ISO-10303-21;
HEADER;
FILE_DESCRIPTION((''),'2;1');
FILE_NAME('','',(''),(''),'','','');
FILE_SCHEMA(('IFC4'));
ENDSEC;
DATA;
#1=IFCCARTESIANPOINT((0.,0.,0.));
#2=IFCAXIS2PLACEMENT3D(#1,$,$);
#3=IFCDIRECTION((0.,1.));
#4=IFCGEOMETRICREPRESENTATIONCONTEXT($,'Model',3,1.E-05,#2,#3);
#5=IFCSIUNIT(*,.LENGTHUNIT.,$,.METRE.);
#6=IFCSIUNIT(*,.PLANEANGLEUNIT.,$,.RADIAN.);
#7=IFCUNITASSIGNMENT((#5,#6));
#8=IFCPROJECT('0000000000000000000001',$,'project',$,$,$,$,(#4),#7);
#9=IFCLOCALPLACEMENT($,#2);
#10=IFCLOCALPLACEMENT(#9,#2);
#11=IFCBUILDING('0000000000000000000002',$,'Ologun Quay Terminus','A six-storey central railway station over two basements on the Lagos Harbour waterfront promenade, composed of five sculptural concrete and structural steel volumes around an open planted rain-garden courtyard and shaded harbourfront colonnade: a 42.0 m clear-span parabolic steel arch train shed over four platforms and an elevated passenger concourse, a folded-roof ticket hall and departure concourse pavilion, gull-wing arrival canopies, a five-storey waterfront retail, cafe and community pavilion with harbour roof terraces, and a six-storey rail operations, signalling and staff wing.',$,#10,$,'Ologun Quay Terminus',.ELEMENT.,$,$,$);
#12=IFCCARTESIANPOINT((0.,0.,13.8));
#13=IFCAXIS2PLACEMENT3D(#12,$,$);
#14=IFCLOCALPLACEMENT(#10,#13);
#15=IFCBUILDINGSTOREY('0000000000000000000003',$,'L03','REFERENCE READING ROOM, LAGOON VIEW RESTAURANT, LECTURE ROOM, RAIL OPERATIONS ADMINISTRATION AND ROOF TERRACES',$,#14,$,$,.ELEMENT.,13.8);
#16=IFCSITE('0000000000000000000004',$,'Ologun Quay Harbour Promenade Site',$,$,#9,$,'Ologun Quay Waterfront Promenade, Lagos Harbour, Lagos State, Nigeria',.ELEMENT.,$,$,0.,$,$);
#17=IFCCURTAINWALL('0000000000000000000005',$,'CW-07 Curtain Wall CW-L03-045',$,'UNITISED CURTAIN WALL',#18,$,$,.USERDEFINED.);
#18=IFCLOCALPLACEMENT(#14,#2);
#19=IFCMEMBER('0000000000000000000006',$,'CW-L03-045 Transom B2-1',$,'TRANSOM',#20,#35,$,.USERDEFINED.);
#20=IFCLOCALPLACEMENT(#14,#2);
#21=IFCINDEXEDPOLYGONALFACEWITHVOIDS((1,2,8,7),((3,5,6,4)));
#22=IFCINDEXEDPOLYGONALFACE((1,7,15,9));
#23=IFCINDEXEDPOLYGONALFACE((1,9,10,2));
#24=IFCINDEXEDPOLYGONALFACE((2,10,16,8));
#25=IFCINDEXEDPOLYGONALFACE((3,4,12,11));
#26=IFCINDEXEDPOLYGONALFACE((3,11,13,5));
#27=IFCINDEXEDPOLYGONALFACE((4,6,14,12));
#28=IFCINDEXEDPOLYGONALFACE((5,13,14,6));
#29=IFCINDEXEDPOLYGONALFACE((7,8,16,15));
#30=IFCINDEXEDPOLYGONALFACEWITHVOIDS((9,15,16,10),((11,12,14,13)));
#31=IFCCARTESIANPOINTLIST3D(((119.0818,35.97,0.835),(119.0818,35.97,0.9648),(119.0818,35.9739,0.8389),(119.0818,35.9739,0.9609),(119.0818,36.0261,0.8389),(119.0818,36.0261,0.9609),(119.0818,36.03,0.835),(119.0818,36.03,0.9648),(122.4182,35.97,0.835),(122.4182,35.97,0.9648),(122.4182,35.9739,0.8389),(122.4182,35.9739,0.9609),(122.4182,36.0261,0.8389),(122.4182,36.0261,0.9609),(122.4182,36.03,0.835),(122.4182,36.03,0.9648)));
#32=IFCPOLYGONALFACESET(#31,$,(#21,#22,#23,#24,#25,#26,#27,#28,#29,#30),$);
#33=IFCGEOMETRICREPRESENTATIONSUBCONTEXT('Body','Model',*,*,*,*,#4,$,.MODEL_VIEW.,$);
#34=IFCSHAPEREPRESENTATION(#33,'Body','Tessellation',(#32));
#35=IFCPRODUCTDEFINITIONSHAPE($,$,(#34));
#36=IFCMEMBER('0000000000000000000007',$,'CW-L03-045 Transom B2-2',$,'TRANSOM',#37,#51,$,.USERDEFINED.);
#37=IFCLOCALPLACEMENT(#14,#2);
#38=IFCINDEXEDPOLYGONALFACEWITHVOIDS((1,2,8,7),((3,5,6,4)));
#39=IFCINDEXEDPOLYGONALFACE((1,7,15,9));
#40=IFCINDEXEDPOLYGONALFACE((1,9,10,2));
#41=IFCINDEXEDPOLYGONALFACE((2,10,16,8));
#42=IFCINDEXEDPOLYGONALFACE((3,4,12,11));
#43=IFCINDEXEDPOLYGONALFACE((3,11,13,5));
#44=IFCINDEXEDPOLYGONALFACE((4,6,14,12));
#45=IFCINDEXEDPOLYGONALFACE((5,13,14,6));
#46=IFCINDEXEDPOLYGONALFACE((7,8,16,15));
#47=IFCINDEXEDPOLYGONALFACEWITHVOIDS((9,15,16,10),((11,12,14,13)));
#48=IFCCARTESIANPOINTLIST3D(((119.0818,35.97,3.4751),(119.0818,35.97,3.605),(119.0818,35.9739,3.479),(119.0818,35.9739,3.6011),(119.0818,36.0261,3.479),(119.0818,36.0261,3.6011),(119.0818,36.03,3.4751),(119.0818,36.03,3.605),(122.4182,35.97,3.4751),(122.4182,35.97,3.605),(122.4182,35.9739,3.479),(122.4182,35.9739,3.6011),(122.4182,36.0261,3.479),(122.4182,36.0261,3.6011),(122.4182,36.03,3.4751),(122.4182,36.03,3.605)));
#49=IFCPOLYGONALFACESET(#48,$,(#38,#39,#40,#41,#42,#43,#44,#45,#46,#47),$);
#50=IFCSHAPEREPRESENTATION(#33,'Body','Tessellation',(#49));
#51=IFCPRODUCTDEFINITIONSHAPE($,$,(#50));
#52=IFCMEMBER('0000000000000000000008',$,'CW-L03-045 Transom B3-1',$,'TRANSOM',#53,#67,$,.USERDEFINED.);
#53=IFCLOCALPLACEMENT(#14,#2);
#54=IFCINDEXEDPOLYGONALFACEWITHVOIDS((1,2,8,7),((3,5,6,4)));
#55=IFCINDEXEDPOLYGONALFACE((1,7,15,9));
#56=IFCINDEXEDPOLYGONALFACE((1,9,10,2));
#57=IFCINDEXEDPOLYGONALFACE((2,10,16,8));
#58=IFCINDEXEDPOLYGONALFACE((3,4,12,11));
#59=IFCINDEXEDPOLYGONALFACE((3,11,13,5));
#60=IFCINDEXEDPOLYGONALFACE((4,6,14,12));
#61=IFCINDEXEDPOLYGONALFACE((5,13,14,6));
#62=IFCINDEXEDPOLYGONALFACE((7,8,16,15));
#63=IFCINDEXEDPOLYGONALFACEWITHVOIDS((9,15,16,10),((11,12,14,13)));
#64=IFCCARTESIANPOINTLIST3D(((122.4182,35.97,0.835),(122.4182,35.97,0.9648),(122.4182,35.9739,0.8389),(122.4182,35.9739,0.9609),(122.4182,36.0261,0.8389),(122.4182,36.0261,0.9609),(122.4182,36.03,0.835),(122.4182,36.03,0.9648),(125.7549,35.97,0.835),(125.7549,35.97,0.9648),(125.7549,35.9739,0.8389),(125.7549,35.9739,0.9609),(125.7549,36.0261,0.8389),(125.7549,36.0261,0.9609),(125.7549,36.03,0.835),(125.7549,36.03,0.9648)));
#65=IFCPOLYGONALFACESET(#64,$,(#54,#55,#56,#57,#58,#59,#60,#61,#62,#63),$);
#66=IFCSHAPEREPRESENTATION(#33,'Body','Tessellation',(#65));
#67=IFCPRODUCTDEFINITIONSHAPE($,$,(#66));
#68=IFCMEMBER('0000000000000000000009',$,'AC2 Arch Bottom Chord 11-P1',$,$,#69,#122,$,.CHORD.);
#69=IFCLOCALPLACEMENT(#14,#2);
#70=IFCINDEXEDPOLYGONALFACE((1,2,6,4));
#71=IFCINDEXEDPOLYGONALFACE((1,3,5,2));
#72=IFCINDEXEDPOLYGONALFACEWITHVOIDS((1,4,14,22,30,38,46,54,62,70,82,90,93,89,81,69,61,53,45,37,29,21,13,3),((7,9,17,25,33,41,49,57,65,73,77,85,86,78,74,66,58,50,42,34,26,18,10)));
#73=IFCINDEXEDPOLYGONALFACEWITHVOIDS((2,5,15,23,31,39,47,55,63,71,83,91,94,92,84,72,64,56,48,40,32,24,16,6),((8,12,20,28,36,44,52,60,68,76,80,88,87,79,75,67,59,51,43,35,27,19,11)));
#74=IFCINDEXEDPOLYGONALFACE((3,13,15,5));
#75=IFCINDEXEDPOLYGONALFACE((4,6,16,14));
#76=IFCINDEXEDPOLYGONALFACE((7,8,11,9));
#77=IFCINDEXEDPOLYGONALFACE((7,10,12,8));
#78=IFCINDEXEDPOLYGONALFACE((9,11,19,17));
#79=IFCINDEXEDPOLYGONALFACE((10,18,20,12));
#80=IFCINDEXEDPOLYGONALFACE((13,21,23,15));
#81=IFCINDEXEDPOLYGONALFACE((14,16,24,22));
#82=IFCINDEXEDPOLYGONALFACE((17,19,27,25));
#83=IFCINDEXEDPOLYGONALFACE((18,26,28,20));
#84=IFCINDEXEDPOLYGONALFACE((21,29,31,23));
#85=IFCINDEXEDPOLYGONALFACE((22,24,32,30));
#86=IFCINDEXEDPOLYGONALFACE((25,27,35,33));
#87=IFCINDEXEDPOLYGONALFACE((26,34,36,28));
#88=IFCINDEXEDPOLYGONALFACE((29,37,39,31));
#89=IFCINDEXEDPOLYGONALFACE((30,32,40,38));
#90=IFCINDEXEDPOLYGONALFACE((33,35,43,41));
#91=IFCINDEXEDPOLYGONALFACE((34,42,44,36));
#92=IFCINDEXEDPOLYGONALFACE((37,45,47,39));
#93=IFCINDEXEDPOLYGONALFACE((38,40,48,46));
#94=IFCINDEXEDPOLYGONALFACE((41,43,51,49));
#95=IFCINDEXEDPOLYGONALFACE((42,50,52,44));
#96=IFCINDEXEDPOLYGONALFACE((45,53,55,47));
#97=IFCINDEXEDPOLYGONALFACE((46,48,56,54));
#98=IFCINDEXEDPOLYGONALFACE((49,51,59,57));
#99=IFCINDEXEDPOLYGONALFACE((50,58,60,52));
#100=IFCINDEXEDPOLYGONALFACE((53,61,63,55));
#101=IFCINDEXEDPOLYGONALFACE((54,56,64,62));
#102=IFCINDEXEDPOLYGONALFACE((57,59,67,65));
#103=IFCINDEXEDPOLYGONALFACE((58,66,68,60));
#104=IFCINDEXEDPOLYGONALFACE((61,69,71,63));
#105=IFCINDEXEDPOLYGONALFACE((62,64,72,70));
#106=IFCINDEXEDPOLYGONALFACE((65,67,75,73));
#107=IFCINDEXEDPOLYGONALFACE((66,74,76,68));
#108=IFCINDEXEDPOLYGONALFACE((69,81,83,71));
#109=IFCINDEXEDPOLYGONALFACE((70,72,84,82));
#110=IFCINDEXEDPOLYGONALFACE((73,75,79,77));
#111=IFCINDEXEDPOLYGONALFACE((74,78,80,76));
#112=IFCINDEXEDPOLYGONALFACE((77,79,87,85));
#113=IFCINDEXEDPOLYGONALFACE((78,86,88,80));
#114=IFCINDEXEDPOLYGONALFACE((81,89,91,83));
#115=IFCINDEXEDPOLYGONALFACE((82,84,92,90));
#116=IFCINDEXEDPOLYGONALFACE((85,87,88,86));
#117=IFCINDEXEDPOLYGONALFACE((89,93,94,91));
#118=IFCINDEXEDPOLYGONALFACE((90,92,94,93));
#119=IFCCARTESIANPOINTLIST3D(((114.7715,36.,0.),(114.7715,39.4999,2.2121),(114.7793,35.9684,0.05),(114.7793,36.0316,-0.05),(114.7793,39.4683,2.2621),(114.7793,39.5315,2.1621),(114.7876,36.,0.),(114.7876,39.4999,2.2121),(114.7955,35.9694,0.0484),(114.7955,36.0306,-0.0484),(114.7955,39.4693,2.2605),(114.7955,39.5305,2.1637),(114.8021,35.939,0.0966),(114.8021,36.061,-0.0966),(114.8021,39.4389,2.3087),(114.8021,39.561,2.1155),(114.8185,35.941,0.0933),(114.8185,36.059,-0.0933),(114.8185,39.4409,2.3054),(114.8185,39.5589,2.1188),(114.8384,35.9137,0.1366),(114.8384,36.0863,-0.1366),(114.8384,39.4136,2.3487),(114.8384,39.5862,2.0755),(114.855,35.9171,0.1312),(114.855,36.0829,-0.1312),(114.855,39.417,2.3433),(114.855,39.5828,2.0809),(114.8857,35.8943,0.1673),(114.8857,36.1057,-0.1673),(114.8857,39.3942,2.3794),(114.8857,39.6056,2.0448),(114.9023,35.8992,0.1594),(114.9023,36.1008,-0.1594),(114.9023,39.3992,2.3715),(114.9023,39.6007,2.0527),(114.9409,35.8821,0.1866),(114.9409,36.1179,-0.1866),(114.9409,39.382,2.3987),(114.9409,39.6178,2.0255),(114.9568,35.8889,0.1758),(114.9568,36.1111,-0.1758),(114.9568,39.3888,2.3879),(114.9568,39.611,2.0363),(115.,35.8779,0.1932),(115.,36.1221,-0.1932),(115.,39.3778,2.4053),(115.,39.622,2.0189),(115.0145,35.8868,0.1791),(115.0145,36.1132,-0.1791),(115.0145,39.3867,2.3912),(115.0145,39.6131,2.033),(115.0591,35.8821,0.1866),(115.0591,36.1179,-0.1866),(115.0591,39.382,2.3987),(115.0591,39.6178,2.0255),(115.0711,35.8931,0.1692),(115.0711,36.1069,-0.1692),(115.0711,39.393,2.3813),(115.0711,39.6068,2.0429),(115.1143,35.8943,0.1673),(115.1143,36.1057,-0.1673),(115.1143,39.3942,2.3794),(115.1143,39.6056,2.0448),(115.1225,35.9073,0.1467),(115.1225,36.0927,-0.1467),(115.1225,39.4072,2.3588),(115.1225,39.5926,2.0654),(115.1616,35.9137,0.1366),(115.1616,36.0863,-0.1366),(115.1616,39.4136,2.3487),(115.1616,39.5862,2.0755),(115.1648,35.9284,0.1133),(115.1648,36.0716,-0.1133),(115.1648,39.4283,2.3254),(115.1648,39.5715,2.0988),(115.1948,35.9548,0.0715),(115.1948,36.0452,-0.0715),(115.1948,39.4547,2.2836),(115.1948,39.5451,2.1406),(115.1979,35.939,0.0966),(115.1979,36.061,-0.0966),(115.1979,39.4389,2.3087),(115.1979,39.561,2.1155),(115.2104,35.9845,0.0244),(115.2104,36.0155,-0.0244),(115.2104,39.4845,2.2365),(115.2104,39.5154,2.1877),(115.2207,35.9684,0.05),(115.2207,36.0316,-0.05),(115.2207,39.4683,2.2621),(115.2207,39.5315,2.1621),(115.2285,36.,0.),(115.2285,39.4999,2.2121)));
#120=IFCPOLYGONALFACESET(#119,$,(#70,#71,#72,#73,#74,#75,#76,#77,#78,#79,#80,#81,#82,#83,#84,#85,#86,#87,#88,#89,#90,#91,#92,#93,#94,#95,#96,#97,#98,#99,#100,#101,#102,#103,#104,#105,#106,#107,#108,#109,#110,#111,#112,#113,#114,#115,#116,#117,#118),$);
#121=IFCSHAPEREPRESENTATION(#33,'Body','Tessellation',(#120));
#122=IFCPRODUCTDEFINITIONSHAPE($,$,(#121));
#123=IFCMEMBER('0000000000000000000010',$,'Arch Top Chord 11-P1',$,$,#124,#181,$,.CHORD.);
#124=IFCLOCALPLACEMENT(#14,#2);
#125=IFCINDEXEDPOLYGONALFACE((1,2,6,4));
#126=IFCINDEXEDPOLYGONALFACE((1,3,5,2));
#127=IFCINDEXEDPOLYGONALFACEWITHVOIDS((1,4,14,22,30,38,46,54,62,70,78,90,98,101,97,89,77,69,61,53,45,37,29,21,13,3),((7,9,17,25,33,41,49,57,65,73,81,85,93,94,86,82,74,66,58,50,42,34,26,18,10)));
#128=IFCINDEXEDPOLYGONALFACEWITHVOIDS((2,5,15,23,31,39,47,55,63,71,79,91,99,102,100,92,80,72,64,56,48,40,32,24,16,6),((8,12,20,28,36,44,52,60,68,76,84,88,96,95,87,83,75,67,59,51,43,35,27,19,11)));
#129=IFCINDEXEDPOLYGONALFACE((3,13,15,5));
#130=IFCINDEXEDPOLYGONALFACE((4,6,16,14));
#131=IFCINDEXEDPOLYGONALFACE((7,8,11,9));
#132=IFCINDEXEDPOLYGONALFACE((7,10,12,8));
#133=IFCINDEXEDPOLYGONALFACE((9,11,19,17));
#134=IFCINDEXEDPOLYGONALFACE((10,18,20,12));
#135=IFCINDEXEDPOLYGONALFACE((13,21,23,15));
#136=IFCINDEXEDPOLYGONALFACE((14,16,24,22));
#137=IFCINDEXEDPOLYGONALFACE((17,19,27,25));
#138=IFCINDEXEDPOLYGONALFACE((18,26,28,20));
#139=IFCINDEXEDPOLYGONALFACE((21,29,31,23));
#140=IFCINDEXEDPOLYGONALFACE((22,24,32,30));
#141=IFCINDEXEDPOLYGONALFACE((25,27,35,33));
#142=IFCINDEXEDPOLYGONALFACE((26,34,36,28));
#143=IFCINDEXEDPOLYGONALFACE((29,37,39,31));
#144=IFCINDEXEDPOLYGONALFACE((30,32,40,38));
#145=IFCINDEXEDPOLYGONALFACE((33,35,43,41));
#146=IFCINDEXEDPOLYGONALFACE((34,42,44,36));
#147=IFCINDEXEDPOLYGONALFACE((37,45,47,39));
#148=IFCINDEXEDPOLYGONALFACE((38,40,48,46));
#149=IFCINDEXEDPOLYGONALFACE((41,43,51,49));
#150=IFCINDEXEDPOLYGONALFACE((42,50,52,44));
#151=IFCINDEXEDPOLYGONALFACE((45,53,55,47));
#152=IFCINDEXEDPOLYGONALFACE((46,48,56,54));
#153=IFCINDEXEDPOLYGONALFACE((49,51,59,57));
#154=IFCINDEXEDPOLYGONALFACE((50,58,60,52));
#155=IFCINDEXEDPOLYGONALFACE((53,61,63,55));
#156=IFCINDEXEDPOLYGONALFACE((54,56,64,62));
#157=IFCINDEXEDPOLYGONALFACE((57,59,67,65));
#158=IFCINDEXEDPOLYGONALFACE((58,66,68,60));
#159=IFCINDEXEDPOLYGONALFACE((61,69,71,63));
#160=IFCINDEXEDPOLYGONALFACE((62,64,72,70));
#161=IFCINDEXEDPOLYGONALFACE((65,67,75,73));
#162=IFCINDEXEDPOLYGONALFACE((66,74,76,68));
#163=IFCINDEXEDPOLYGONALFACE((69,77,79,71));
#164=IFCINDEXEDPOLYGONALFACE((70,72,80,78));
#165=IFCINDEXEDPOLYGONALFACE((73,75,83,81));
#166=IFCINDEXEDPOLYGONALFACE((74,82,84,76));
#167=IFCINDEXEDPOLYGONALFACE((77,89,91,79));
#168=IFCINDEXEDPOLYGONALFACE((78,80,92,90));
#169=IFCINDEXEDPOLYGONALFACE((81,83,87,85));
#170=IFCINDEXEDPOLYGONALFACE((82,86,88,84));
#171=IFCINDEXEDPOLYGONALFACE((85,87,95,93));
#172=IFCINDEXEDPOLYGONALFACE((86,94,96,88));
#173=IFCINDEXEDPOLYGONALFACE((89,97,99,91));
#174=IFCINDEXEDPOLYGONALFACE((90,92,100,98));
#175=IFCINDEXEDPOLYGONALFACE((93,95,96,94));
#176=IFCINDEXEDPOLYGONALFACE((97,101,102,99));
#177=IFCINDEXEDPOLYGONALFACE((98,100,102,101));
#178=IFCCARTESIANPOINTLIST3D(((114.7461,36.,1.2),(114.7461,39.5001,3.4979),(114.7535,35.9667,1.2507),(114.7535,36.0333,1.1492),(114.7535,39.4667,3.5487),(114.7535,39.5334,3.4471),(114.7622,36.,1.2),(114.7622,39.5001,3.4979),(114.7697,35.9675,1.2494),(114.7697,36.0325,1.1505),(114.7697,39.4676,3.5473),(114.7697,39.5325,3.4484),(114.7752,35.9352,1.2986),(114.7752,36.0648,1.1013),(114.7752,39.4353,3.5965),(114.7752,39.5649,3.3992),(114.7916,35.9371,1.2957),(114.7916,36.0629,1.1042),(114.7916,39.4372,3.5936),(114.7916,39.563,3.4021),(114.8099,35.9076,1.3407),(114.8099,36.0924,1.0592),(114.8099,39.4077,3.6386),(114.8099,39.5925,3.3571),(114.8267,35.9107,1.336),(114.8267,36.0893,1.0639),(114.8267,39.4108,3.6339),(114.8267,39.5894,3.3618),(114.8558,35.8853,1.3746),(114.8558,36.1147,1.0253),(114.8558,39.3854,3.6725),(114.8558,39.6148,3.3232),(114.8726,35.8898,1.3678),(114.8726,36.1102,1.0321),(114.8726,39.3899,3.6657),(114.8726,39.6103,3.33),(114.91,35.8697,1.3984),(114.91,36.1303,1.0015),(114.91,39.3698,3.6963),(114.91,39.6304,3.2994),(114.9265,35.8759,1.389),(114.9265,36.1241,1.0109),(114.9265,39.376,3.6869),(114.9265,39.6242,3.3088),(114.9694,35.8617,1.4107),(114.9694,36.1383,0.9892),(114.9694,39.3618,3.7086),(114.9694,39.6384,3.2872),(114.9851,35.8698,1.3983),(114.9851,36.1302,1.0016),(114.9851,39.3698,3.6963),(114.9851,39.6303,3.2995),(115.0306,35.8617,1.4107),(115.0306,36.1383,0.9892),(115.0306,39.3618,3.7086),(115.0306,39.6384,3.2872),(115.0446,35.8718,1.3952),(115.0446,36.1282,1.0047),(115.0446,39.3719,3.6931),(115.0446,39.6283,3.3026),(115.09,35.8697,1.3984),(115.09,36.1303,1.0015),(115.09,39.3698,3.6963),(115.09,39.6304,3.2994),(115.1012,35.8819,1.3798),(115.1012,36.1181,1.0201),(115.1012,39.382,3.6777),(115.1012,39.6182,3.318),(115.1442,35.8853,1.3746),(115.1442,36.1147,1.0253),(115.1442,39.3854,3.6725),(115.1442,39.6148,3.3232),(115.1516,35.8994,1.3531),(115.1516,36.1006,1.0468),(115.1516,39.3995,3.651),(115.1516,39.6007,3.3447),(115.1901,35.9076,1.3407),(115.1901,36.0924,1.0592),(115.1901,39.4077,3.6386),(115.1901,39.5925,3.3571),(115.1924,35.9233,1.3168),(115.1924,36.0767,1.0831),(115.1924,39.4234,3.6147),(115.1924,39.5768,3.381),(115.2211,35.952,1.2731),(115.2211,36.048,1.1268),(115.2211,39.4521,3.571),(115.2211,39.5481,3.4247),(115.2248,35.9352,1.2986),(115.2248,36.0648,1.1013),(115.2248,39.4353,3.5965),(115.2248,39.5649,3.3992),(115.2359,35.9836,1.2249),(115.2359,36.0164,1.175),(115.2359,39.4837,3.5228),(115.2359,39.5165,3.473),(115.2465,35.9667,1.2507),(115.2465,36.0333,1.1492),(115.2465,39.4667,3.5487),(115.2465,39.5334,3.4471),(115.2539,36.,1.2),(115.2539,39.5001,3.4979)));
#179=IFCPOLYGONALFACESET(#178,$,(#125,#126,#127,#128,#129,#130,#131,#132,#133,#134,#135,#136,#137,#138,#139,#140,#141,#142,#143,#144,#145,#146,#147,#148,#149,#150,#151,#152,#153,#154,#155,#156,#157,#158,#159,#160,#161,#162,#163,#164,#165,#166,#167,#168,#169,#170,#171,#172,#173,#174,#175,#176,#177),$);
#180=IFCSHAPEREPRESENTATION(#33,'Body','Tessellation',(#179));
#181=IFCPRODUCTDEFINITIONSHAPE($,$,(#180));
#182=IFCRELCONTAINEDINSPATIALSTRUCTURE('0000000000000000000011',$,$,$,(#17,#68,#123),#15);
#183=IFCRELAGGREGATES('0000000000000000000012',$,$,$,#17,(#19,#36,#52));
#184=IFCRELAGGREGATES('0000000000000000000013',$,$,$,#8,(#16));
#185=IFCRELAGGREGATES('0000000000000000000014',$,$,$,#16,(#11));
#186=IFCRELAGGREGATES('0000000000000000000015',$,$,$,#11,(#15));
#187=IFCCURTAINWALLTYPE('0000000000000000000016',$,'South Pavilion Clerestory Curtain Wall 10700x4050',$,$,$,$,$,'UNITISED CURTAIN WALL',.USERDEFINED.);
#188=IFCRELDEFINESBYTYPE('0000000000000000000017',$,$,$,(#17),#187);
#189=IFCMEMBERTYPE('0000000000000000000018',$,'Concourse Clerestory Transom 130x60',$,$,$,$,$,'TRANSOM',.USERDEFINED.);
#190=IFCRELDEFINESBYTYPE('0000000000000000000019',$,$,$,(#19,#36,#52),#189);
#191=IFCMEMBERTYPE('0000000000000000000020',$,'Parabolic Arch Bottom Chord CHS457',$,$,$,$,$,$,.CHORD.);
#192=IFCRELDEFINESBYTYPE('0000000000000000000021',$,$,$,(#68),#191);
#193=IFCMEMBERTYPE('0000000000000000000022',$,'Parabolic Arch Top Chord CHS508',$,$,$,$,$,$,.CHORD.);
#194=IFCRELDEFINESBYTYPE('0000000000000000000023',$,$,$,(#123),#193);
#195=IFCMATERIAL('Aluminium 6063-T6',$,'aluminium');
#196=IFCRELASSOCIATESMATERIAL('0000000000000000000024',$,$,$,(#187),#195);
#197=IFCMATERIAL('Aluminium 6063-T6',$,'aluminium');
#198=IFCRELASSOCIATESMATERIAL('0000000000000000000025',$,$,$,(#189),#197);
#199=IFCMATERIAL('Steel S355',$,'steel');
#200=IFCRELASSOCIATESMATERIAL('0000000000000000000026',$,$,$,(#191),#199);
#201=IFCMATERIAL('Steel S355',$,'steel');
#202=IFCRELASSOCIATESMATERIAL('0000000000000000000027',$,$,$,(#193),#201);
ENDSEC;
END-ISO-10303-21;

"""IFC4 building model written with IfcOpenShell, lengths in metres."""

from ifc_helpers import new_model, si_unit, direction, frame, origin, origin_2d, place, context, subcontext, project, spatial, hollow_rectangle, hollow_circle, extrude, material, material_profile, profile_set, type_object, element, aggregate, save


model = new_model("IFC4")

# Units and contexts
model_context = context("Model", 3, precision=1e-05, world=origin(), true_north=direction((0.0, 1.0)))
body_context = subcontext(model_context, "Body", "Model", "MODEL_VIEW")
ifc_project = project(units=[si_unit("LENGTHUNIT", "METRE"), si_unit("PLANEANGLEUNIT", "RADIAN")], contexts=[model_context])

# Site, building, storey
site_placement = place(None, origin())
site = spatial("IfcSite", under=ifc_project, at=site_placement, Name="Ologun Quay Harbour Promenade Site", LongName="Ologun Quay Waterfront Promenade, Lagos Harbour, Lagos State, Nigeria", CompositionType="ELEMENT", RefElevation=0.0)
building_placement = place(site_placement, origin())
building = spatial("IfcBuilding", under=site, at=building_placement, Name="Ologun Quay Terminus", Description="A six-storey central railway station over two basements on the Lagos Harbour waterfront promenade, composed of five sculptural concrete and structural steel volumes around an open planted rain-garden courtyard and shaded harbourfront colonnade: a 42.0 m clear-span parabolic steel arch train shed over four platforms and an elevated passenger concourse, a folded-roof ticket hall and departure concourse pavilion, gull-wing arrival canopies, a five-storey waterfront retail, cafe and community pavilion with harbour roof terraces, and a six-storey rail operations, signalling and staff wing.", LongName="Ologun Quay Terminus", CompositionType="ELEMENT")
storey_placement = place(building_placement, frame((0.0, 0.0, 13.8)))
storey = spatial("IfcBuildingStorey", under=building, at=storey_placement, Name="L03", Description="REFERENCE READING ROOM, LAGOON VIEW RESTAURANT, LECTURE ROOM, RAIL OPERATIONS ADMINISTRATION AND ROOF TERRACES", CompositionType="ELEMENT", Elevation=13.8)

# Curtain wall
ifc_material_1 = material(Name="Aluminium 6063-T6", Category="aluminium")
curtain_wall_type = type_object("IfcCurtainWallType", Name="South Pavilion Clerestory Curtain Wall 10700x4050", ElementType="UNITISED CURTAIN WALL", PredefinedType="USERDEFINED", material=ifc_material_1)
curtain_wall_1_placement = place(storey_placement, origin())
curtain_wall_1 = element("IfcCurtainWall", 1, at=curtain_wall_1_placement, inside=storey, type_object=curtain_wall_type, Name="CW-07 Curtain Wall CW-L03-045", ObjectType="UNITISED CURTAIN WALL", PredefinedType="USERDEFINED")

# Members
ifc_material_2 = material(Name="Aluminium 6063-T6", Category="aluminium")
ifc_material_profile_1 = material_profile(ifc_material_2, hollow_rectangle(XDim=0.0601, YDim=0.1299, WallThickness=0.0039, at=origin_2d()), Name="ALU 130x60x4")
ifc_profile_set_1 = profile_set([ifc_material_profile_1], Name="Aluminium 6063-T6")
member_type_1 = type_object("IfcMemberType", Name="Concourse Clerestory Transom 130x60", ElementType="TRANSOM", PredefinedType="USERDEFINED", material=ifc_profile_set_1)
member_1_placement = place(storey_placement, frame((119.0818, 36.0, 0.8999), z_axis=(1.0, 0.0, 0.0), x_axis=(0.0, 1.0, 0.0)))
member_1 = element("IfcMember", 2, at=member_1_placement, type_object=member_type_1, Name="CW-L03-045 Transom B2-1", ObjectType="TRANSOM", PredefinedType="USERDEFINED", context=body_context, shape_type="SweptSolid", body=[
    extrude(hollow_rectangle(XDim=0.0601, YDim=0.1299, WallThickness=0.0039, at=origin_2d()), origin(), (0.0, 0.0, 1.0), 3.3364),
])
member_2_placement = place(storey_placement, frame((119.0818, 36.0, 3.54), z_axis=(1.0, 0.0, 0.0), x_axis=(0.0, 1.0, 0.0)))
member_2 = element("IfcMember", 3, at=member_2_placement, type_object=member_type_1, Name="CW-L03-045 Transom B2-2", ObjectType="TRANSOM", PredefinedType="USERDEFINED", context=body_context, shape_type="SweptSolid", body=[
    extrude(hollow_rectangle(XDim=0.0601, YDim=0.1299, WallThickness=0.0039, at=origin_2d()), origin(), (0.0, 0.0, 1.0), 3.3364),
])
member_3_placement = place(storey_placement, frame((122.4182, 36.0, 0.8999), z_axis=(1.0, 0.0, 0.0), x_axis=(0.0, 1.0, 0.0)))
member_3 = element("IfcMember", 4, at=member_3_placement, type_object=member_type_1, Name="CW-L03-045 Transom B3-1", ObjectType="TRANSOM", PredefinedType="USERDEFINED", context=body_context, shape_type="SweptSolid", body=[
    extrude(hollow_rectangle(XDim=0.0601, YDim=0.1299, WallThickness=0.0039, at=origin_2d()), origin(), (0.0, 0.0, 1.0), 3.3367),
])

# Members
ifc_material_3 = material(Name="Steel S355", Category="steel")
ifc_material_profile_2 = material_profile(ifc_material_3, hollow_circle(Radius=0.2285, WallThickness=0.0161, at=origin_2d()), Name="CHS 457x16")
ifc_profile_set_2 = profile_set([ifc_material_profile_2], Name="Steel S355")
member_type_2 = type_object("IfcMemberType", Name="Parabolic Arch Bottom Chord CHS457", PredefinedType="CHORD", material=ifc_profile_set_2)
member_4_placement = place(storey_placement, frame((115.0, 36.0, 0.0), z_axis=(0.0, 0.845311, 0.534275), x_axis=(-1.0, 0.0, 0.0)))
element("IfcMember", 5, at=member_4_placement, inside=storey, type_object=member_type_2, Name="AC2 Arch Bottom Chord 11-P1", PredefinedType="CHORD", context=body_context, shape_type="SweptSolid", body=[
    extrude(hollow_circle(Radius=0.2285, WallThickness=0.0161, at=origin_2d()), origin(), (0.0, 0.0, 1.0), 4.1404),
])
ifc_material_4 = material(Name="Steel S355", Category="steel")
ifc_material_profile_3 = material_profile(ifc_material_4, hollow_circle(Radius=0.2539, WallThickness=0.0161, at=origin_2d()), Name="CHS 508x16")
ifc_profile_set_3 = profile_set([ifc_material_profile_3], Name="Steel S355")
member_type_3 = type_object("IfcMemberType", Name="Parabolic Arch Top Chord CHS508", PredefinedType="CHORD", material=ifc_profile_set_3)
member_5_placement = place(storey_placement, frame((115.0, 36.0, 1.2), z_axis=(0.0, 0.835941, 0.548819), x_axis=(-1.0, 0.0, 0.0)))
element("IfcMember", 6, at=member_5_placement, inside=storey, type_object=member_type_3, Name="Arch Top Chord 11-P1", PredefinedType="CHORD", context=body_context, shape_type="SweptSolid", body=[
    extrude(hollow_circle(Radius=0.2539, WallThickness=0.0161, at=origin_2d()), origin(), (0.0, 0.0, 1.0), 4.187),
])

aggregate(curtain_wall_1, [member_1, member_2, member_3])

save(model, "model.ifc")
